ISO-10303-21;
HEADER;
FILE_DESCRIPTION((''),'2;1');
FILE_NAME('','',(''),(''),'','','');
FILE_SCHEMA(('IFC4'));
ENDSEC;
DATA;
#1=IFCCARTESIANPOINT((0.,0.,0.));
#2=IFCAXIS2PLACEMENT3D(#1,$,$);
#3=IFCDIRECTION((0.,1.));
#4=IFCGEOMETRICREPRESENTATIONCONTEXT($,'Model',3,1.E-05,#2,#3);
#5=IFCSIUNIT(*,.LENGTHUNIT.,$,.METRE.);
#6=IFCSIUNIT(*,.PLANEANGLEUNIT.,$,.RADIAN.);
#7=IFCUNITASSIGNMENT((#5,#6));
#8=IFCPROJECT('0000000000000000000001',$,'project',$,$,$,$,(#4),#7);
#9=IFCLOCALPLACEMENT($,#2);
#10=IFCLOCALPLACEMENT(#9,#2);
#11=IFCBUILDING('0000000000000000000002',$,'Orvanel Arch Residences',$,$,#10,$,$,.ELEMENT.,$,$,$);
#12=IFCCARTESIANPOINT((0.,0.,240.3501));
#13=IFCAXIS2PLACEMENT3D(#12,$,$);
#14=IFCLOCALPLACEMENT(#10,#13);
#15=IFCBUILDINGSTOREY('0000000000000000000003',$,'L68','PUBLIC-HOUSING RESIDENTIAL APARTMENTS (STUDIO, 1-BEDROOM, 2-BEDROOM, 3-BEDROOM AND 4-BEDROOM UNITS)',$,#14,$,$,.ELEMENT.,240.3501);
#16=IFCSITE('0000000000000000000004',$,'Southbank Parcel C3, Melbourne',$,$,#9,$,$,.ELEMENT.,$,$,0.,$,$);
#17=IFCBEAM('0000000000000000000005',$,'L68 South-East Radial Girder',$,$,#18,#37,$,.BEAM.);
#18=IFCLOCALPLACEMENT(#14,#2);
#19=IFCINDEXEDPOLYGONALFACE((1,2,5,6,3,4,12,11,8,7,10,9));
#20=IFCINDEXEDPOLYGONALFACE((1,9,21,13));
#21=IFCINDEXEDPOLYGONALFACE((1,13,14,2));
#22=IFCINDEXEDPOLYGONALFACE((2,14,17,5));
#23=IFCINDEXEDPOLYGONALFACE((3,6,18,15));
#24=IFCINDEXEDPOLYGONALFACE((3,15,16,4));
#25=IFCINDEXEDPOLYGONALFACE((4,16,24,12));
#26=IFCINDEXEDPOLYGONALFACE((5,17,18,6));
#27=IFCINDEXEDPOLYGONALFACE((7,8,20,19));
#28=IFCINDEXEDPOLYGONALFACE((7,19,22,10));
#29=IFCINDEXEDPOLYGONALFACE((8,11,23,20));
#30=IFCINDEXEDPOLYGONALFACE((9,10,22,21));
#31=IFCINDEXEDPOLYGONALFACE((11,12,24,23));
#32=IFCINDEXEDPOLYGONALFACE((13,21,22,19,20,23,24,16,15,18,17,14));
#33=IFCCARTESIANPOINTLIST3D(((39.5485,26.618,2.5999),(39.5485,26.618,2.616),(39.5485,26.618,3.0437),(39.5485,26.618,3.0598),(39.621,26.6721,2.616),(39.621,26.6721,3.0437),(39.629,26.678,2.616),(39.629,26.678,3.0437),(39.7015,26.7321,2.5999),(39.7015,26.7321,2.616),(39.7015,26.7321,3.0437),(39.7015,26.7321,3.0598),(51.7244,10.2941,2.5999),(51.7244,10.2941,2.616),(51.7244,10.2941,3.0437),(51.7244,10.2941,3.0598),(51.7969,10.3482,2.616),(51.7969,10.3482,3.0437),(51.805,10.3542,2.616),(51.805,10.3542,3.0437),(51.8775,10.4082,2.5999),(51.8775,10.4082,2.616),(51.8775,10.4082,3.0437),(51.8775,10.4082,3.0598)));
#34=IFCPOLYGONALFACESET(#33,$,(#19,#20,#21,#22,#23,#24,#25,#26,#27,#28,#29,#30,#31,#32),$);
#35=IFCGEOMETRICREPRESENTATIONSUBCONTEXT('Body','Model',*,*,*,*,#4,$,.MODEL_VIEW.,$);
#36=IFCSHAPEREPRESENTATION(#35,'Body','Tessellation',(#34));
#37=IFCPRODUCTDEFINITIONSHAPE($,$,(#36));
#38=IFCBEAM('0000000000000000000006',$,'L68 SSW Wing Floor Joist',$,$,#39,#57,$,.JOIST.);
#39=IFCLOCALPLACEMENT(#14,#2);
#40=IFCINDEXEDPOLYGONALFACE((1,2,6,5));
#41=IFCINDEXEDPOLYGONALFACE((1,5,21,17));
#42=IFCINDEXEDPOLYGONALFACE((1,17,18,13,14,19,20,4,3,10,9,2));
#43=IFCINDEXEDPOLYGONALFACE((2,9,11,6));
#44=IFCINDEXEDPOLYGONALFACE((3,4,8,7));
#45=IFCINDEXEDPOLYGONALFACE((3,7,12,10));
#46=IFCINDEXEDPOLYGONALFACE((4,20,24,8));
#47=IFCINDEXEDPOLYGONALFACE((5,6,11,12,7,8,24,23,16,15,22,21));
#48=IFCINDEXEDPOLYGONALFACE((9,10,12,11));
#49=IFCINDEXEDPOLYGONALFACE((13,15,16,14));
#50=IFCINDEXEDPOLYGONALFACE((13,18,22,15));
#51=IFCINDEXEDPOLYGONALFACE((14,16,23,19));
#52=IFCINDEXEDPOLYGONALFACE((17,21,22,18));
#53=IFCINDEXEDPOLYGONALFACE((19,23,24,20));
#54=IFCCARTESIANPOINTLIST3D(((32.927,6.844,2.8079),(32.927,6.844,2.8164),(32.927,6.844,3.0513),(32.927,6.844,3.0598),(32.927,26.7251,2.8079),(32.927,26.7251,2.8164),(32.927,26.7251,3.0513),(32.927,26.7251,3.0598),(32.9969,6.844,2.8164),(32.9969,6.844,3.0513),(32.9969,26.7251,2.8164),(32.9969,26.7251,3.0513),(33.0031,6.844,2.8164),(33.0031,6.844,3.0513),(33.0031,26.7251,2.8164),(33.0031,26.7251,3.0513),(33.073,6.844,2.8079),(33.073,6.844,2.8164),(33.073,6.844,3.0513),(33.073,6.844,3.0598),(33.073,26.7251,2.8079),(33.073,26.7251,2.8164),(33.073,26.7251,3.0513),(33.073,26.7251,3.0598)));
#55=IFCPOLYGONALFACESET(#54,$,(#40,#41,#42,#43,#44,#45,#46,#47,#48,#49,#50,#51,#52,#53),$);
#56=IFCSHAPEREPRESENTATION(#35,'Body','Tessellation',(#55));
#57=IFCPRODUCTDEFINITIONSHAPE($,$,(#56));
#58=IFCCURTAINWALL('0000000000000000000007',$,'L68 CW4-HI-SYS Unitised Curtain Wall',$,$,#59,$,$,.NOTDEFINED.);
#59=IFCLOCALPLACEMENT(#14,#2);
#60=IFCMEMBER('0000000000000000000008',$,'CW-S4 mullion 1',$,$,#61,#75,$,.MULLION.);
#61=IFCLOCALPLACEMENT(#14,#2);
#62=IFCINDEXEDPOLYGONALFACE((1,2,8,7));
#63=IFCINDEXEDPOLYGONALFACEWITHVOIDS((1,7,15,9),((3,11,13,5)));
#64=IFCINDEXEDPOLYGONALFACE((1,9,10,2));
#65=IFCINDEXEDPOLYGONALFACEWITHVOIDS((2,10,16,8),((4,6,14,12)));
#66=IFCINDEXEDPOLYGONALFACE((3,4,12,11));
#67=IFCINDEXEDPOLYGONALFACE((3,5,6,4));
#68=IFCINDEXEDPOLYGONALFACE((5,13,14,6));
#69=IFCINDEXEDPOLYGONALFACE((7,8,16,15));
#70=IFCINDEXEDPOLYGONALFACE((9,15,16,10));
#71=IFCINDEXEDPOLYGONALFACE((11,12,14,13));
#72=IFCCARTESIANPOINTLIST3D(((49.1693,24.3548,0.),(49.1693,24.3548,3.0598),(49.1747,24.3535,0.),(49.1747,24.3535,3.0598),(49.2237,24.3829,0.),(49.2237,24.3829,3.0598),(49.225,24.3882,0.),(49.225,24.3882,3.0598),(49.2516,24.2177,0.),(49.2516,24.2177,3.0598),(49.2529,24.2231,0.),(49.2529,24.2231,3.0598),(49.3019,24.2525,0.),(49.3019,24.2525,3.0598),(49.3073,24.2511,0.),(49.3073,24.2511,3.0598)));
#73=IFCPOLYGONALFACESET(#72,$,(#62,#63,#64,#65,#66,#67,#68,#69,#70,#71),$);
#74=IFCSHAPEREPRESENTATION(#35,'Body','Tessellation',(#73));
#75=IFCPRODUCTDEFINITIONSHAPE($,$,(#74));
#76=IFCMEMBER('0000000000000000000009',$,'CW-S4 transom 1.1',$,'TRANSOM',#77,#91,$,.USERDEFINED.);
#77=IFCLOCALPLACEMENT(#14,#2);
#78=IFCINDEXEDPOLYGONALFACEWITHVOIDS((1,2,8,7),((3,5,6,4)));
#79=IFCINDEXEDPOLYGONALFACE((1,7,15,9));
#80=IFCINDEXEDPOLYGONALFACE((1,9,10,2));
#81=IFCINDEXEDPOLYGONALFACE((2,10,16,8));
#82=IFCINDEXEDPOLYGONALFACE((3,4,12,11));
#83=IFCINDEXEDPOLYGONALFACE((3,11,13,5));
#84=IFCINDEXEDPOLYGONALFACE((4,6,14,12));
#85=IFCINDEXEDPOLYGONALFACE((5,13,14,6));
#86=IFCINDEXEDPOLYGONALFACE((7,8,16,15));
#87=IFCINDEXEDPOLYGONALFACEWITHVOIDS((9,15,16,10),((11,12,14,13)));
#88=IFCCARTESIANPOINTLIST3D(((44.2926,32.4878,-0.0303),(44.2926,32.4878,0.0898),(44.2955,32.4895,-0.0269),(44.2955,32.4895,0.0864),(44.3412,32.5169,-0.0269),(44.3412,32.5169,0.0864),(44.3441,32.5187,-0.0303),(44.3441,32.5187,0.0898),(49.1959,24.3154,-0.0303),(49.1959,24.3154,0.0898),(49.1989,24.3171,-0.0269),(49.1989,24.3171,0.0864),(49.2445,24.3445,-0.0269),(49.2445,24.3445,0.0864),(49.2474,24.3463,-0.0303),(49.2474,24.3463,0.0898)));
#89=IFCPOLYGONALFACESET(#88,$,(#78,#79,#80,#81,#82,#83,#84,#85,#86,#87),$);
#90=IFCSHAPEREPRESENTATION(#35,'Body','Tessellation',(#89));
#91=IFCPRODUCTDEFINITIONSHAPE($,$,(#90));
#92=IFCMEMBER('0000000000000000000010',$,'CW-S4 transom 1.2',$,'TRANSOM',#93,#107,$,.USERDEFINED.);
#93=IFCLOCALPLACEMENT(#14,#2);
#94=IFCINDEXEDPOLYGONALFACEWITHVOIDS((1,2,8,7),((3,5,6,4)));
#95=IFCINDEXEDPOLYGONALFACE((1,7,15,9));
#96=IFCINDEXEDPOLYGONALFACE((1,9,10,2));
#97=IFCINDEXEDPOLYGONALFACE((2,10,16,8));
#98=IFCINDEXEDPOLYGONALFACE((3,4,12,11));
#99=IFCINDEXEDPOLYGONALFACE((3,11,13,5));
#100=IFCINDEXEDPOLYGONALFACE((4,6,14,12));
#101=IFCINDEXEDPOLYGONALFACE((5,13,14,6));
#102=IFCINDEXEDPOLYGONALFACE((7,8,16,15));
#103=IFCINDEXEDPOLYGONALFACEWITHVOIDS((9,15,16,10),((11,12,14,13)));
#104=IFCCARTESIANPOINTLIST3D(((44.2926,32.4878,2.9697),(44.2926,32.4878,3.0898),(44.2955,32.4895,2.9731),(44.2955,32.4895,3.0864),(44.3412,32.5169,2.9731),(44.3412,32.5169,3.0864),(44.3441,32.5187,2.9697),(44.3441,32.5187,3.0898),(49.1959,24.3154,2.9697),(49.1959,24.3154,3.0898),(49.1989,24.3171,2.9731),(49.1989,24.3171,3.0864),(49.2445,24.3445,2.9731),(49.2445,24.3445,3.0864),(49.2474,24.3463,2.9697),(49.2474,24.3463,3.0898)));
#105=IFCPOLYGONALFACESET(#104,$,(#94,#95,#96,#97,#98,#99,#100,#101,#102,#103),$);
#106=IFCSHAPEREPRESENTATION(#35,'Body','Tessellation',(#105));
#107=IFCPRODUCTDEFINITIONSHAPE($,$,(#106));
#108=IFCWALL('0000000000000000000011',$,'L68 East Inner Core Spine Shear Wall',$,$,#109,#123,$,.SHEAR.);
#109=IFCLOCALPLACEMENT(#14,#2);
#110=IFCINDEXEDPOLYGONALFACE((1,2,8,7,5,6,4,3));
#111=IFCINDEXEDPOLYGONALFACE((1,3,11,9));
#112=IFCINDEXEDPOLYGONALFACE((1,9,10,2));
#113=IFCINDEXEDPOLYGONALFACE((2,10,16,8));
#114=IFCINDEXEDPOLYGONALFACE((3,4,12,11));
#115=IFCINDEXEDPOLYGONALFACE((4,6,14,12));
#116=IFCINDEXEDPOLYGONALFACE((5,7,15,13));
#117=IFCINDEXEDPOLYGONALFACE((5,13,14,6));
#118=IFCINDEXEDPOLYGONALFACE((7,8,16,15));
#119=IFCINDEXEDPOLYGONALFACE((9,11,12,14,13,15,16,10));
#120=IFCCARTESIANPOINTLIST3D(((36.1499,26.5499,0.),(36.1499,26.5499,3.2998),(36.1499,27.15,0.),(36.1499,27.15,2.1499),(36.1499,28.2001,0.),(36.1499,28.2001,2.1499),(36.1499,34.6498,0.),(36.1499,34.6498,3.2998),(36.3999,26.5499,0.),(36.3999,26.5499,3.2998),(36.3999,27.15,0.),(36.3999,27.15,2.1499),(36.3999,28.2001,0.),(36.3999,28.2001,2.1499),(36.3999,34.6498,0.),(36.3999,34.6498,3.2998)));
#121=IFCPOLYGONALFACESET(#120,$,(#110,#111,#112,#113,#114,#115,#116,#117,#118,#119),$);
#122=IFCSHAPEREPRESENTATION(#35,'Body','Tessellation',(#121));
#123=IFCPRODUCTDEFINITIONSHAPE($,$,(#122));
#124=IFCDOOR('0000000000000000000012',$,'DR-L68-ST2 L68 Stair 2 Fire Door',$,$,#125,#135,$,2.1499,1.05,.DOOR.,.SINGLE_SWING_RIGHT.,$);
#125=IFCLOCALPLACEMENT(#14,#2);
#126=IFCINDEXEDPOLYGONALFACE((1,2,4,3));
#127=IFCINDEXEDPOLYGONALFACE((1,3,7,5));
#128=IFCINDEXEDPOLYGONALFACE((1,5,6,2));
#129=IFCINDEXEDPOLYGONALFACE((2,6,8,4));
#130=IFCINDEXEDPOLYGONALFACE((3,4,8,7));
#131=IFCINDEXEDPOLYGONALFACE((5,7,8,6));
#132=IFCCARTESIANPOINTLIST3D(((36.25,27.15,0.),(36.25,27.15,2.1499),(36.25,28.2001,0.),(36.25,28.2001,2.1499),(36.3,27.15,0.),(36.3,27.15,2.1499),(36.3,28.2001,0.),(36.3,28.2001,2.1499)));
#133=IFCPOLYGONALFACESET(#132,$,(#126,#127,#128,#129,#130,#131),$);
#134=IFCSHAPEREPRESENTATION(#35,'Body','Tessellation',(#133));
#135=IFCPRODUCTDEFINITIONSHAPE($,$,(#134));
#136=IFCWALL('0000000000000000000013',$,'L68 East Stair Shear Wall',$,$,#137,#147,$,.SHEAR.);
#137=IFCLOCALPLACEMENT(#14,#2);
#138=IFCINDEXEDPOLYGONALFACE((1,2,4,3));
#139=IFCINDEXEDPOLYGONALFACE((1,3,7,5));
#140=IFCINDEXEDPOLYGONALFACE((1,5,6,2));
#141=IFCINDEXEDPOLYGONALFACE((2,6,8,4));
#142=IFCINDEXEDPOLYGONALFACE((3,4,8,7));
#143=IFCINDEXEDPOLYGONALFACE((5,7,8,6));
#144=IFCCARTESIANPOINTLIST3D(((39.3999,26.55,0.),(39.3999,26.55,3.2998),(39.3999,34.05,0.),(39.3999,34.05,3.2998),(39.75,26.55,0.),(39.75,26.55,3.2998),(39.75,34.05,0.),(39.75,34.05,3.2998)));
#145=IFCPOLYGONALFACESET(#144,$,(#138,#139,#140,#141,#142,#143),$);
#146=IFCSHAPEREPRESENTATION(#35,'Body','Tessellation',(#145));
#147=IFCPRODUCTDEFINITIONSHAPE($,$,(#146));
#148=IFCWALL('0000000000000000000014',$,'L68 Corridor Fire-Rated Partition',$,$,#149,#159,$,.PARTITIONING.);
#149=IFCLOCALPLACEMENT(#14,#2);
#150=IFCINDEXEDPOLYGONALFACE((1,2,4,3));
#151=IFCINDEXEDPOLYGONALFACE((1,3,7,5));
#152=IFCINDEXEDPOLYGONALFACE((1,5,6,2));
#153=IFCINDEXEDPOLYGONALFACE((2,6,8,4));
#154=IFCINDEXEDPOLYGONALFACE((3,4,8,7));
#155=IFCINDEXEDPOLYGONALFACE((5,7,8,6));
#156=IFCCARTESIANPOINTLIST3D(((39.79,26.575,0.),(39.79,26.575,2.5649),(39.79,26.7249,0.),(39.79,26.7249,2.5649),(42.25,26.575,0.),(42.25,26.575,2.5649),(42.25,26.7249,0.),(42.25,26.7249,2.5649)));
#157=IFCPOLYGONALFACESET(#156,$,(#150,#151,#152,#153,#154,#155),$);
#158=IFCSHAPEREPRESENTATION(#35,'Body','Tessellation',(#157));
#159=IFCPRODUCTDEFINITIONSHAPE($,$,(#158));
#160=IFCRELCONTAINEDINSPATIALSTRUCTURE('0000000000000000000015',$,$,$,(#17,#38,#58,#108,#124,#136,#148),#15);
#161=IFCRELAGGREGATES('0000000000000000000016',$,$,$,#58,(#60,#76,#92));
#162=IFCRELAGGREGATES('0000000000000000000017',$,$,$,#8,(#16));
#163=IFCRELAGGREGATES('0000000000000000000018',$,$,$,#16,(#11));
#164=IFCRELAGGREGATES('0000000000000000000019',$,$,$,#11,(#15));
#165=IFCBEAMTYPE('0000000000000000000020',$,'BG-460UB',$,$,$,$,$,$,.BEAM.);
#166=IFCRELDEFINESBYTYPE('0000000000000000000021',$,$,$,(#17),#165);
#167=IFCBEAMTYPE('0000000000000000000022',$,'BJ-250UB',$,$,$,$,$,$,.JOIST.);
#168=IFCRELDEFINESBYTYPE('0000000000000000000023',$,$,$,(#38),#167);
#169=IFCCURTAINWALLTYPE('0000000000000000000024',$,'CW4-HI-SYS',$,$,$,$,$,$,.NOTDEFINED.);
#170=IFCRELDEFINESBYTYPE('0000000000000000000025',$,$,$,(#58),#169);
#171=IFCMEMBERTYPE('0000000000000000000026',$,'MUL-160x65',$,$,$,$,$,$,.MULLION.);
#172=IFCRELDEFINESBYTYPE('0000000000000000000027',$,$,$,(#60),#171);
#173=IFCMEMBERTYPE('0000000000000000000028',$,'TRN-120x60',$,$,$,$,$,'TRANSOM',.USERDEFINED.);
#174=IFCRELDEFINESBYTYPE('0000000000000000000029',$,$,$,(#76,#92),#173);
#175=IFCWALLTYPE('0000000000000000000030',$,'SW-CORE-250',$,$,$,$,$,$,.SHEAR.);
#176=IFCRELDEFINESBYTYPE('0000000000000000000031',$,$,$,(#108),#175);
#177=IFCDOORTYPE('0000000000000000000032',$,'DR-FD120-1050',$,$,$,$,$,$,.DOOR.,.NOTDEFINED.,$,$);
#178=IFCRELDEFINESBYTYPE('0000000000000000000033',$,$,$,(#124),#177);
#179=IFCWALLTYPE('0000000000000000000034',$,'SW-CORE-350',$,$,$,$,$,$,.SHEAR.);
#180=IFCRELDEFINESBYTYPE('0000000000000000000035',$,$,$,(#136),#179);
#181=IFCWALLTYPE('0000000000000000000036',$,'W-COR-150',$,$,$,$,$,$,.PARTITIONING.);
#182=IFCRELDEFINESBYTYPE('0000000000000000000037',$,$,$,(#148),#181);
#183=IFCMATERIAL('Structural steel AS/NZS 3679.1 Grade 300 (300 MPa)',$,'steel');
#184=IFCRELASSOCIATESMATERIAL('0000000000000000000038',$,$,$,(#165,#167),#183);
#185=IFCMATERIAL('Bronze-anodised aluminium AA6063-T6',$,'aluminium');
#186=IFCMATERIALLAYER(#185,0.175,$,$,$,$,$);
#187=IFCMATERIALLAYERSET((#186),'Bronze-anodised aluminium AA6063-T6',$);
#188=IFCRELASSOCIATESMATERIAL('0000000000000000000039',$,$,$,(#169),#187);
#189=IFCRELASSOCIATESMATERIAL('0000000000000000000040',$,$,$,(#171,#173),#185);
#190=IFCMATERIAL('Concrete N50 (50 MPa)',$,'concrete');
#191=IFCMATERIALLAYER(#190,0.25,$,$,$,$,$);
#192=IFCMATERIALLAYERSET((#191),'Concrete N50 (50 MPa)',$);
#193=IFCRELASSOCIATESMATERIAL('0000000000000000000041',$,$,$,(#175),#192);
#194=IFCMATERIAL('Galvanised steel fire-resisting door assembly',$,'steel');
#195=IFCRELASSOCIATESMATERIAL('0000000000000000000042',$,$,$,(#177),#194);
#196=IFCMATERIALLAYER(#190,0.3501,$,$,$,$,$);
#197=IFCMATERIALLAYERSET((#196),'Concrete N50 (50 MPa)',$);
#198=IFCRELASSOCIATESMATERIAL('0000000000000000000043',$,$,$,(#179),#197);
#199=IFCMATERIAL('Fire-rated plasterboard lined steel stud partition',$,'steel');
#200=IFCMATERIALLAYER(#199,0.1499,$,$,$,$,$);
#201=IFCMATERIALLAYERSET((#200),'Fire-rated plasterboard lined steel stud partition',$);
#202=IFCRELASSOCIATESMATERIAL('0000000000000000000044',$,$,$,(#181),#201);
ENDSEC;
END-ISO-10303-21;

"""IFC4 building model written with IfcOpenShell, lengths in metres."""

from ifc_helpers import new_model, si_unit, direction, frame, frame_2d, origin, origin_2d, place, context, subcontext, project, spatial, rectangle, hollow_rectangle, i_section, extrude, material, layer, layer_set, material_profile, profile_set, type_object, element, fill, aggregate, save


model = new_model("IFC4")

# Units and contexts
model_context = context("Model", 3, precision=1e-05, world=origin(), true_north=direction((0.0, 1.0)))
body_context = subcontext(model_context, "Body", "Model", "MODEL_VIEW")
ifc_project = project(units=[si_unit("LENGTHUNIT", "METRE"), si_unit("PLANEANGLEUNIT", "RADIAN")], contexts=[model_context])

# Site, building, storey
site_placement = place(None, origin())
site = spatial("IfcSite", under=ifc_project, at=site_placement, Name="Southbank Parcel C3, Melbourne", CompositionType="ELEMENT", RefElevation=0.0)
building_placement = place(site_placement, origin())
building = spatial("IfcBuilding", under=site, at=building_placement, Name="Orvanel Arch Residences", CompositionType="ELEMENT")
storey_placement = place(building_placement, frame((0.0, 0.0, 240.3501)))
storey = spatial("IfcBuildingStorey", under=building, at=storey_placement, Name="L68", Description="PUBLIC-HOUSING RESIDENTIAL APARTMENTS (STUDIO, 1-BEDROOM, 2-BEDROOM, 3-BEDROOM AND 4-BEDROOM UNITS)", CompositionType="ELEMENT", Elevation=240.3501)

# Beams
ifc_material_1 = material(Name="Structural steel AS/NZS 3679.1 Grade 300 (300 MPa)", Category="steel")
ifc_material_profile_1 = material_profile(ifc_material_1, i_section(OverallWidth=0.1909, OverallDepth=0.46, WebThickness=0.01, FlangeThickness=0.0161, at=origin_2d()), Name="460UB82.1")
ifc_profile_set_1 = profile_set([ifc_material_profile_1], Name="Structural steel AS/NZS 3679.1 Grade 300 (300 MPa)")
beam_type_1 = type_object("IfcBeamType", Name="BG-460UB", PredefinedType="BEAM", material=ifc_profile_set_1)
beam_1_placement = place(storey_placement, frame((39.625, 26.675, 2.8298), z_axis=(0.597894, -0.801575, 0.0), x_axis=(0.801575, 0.597894, 0.0)))
element("IfcBeam", 1, at=beam_1_placement, inside=storey, type_object=beam_type_1, Name="L68 South-East Radial Girder", PredefinedType="BEAM", context=body_context, shape_type="SweptSolid", body=[
    extrude(i_section(OverallWidth=0.1909, OverallDepth=0.46, WebThickness=0.01, FlangeThickness=0.0161, at=origin_2d()), origin(), (0.0, 0.0, 1.0), 20.3647),
])
ifc_material_profile_2 = material_profile(ifc_material_1, i_section(OverallWidth=0.146, OverallDepth=0.252, WebThickness=0.0061, FlangeThickness=0.0085, at=origin_2d()), Name="250UB31.4")
ifc_profile_set_2 = profile_set([ifc_material_profile_2], Name="Structural steel AS/NZS 3679.1 Grade 300 (300 MPa)")
beam_type_2 = type_object("IfcBeamType", Name="BJ-250UB", PredefinedType="JOIST", material=ifc_profile_set_2)
beam_2_placement = place(storey_placement, frame((33.0, 26.7251, 2.9338), z_axis=(0.0, -1.0, 0.0), x_axis=(1.0, 0.0, 0.0)))
element("IfcBeam", 2, at=beam_2_placement, inside=storey, type_object=beam_type_2, Name="L68 SSW Wing Floor Joist", PredefinedType="JOIST", context=body_context, shape_type="SweptSolid", body=[
    extrude(i_section(OverallWidth=0.146, OverallDepth=0.252, WebThickness=0.0061, FlangeThickness=0.0085, at=origin_2d()), origin(), (0.0, 0.0, 1.0), 19.8811),
])

# Curtain wall, members
ifc_material_2 = material(Name="Bronze-anodised aluminium AA6063-T6", Category="aluminium")
ifc_layer_1 = layer(ifc_material_2, 0.175)
ifc_layer_set_1 = layer_set([ifc_layer_1], Name="Bronze-anodised aluminium AA6063-T6")
curtain_wall_type = type_object("IfcCurtainWallType", Name="CW4-HI-SYS", PredefinedType="NOTDEFINED", material=ifc_layer_set_1)
curtain_wall_placement = place(storey_placement, origin())
curtain_wall = element("IfcCurtainWall", 3, at=curtain_wall_placement, inside=storey, type_object=curtain_wall_type, Name="L68 CW4-HI-SYS Unitised Curtain Wall", PredefinedType="NOTDEFINED")
ifc_material_profile_3 = material_profile(ifc_material_2, hollow_rectangle(XDim=0.0649, YDim=0.1599, WallThickness=0.0039, at=origin_2d()), Name="ALU160x65x4")
ifc_profile_set_3 = profile_set([ifc_material_profile_3], Name="Bronze-anodised aluminium AA6063-T6")
member_type_1 = type_object("IfcMemberType", Name="MUL-160x65", PredefinedType="MULLION", material=ifc_profile_set_3)
member_1_placement = place(storey_placement, frame((49.2383, 24.303, 0.0), z_axis=(0.0, 0.0, 1.0), x_axis=(-0.857511, -0.514465, 0.0)))
member_1 = element("IfcMember", 4, at=member_1_placement, type_object=member_type_1, Name="CW-S4 mullion 1", PredefinedType="MULLION", context=body_context, shape_type="SweptSolid", body=[
    extrude(hollow_rectangle(XDim=0.0649, YDim=0.1599, WallThickness=0.0039, at=origin_2d()), origin(), (0.0, 0.0, 1.0), 3.0598),
])
ifc_material_profile_4 = material_profile(ifc_material_2, hollow_rectangle(XDim=0.0601, YDim=0.1201, WallThickness=0.0034, at=origin_2d()), Name="ALU120x60x3.5")
ifc_profile_set_4 = profile_set([ifc_material_profile_4], Name="Bronze-anodised aluminium AA6063-T6")
member_type_2 = type_object("IfcMemberType", Name="TRN-120x60", ElementType="TRANSOM", PredefinedType="USERDEFINED", material=ifc_profile_set_4)
member_2_placement = place(storey_placement, frame((49.2217, 24.3308, 0.0298), z_axis=(-0.514488, 0.857497, 0.0), x_axis=(-0.857497, -0.514488, 0.0)))
member_2 = element("IfcMember", 5, at=member_2_placement, type_object=member_type_2, Name="CW-S4 transom 1.1", ObjectType="TRANSOM", PredefinedType="USERDEFINED", context=body_context, shape_type="SweptSolid", body=[
    extrude(hollow_rectangle(XDim=0.0601, YDim=0.1201, WallThickness=0.0034, at=origin_2d()), origin(), (0.0, 0.0, 1.0), 9.5305),
])
member_3_placement = place(storey_placement, frame((49.2217, 24.3308, 3.0298), z_axis=(-0.514488, 0.857497, 0.0), x_axis=(-0.857497, -0.514488, 0.0)))
member_3 = element("IfcMember", 6, at=member_3_placement, type_object=member_type_2, Name="CW-S4 transom 1.2", ObjectType="TRANSOM", PredefinedType="USERDEFINED", context=body_context, shape_type="SweptSolid", body=[
    extrude(hollow_rectangle(XDim=0.0601, YDim=0.1201, WallThickness=0.0034, at=origin_2d()), origin(), (0.0, 0.0, 1.0), 9.5305),
])
aggregate(curtain_wall, [member_1, member_2, member_3])

# Wall, opening, door
ifc_material_3 = material(Name="Concrete N50 (50 MPa)", Category="concrete")
ifc_layer_2 = layer(ifc_material_3, 0.25)
ifc_layer_set_2 = layer_set([ifc_layer_2], Name="Concrete N50 (50 MPa)")
wall_type_1 = type_object("IfcWallType", Name="SW-CORE-250", PredefinedType="SHEAR", material=ifc_layer_set_2)
wall_1_placement = place(storey_placement, frame((36.2749, 26.55, 0.0), z_axis=(0.0, 0.0, 1.0), x_axis=(0.0, 1.0, 0.0)))
wall_1 = element("IfcWall", 7, at=wall_1_placement, inside=storey, type_object=wall_type_1, Name="L68 East Inner Core Spine Shear Wall", PredefinedType="SHEAR", context=body_context, shape_type="SweptSolid", body=[
    extrude(rectangle(XDim=8.0999, YDim=0.25, at=frame_2d((4.0498, 0.0))), origin(), (0.0, 0.0, 1.0), 3.2998),
])
opening_1_placement = place(wall_1_placement, frame((0.6001, 0.0, 0.0)))
opening_1 = element("IfcOpeningElement", 8, at=opening_1_placement, cuts=wall_1, PredefinedType="OPENING", context=body_context, shape_type="SweptSolid", body=[
    extrude(rectangle(XDim=1.05, YDim=2.1499, at=frame_2d((0.5249, 1.075))), frame((0.0, 0.135, 0.0), z_axis=(0.0, -1.0, 0.0), x_axis=(1.0, 0.0, 0.0)), (0.0, 0.0, 1.0), 0.27),
])
ifc_material_4 = material(Name="Galvanised steel fire-resisting door assembly", Category="steel")
door_type_1 = type_object("IfcDoorType", Name="DR-FD120-1050", OperationType="NOTDEFINED", PredefinedType="DOOR", material=ifc_material_4)
door_1_placement = place(opening_1_placement, origin())
door_1 = element("IfcDoor", 9, at=door_1_placement, inside=storey, type_object=door_type_1, Name="DR-L68-ST2 L68 Stair 2 Fire Door", OperationType="SINGLE_SWING_RIGHT", OverallHeight=2.1499, OverallWidth=1.05, PredefinedType="DOOR", context=body_context, shape_type="SweptSolid", body=[
    extrude(rectangle(XDim=1.05, YDim=2.1499, at=frame_2d((0.5249, 1.075))), frame((0.0, 0.0249, 0.0), z_axis=(0.0, -1.0, 0.0), x_axis=(1.0, 0.0, 0.0)), (0.0, 0.0, 1.0), 0.05),
])
fill(opening_1, door_1)

# Walls
ifc_layer_3 = layer(ifc_material_3, 0.3501)
ifc_layer_set_3 = layer_set([ifc_layer_3], Name="Concrete N50 (50 MPa)")
wall_type_2 = type_object("IfcWallType", Name="SW-CORE-350", PredefinedType="SHEAR", material=ifc_layer_set_3)
wall_2_placement = place(storey_placement, frame((39.575, 26.55, 0.0), z_axis=(0.0, 0.0, 1.0), x_axis=(0.0, 1.0, 0.0)))
element("IfcWall", 10, at=wall_2_placement, inside=storey, type_object=wall_type_2, Name="L68 East Stair Shear Wall", PredefinedType="SHEAR", context=body_context, shape_type="SweptSolid", body=[
    extrude(rectangle(XDim=7.5, YDim=0.3501, at=frame_2d((3.75, 0.0))), origin(), (0.0, 0.0, 1.0), 3.2998),
])
ifc_material_5 = material(Name="Fire-rated plasterboard lined steel stud partition", Category="steel")
ifc_layer_4 = layer(ifc_material_5, 0.1499)
ifc_layer_set_4 = layer_set([ifc_layer_4], Name="Fire-rated plasterboard lined steel stud partition")
wall_type_3 = type_object("IfcWallType", Name="W-COR-150", PredefinedType="PARTITIONING", material=ifc_layer_set_4)
wall_3_placement = place(storey_placement, frame((39.79, 26.6499, 0.0), z_axis=(0.0, 0.0, 1.0), x_axis=(1.0, 0.0, 0.0)))
element("IfcWall", 11, at=wall_3_placement, inside=storey, type_object=wall_type_3, Name="L68 Corridor Fire-Rated Partition", PredefinedType="PARTITIONING", context=body_context, shape_type="SweptSolid", body=[
    extrude(rectangle(XDim=2.46, YDim=0.1499, at=frame_2d((1.23, 0.0))), origin(), (0.0, 0.0, 1.0), 2.5649),
])

save(model, "model.ifc")
